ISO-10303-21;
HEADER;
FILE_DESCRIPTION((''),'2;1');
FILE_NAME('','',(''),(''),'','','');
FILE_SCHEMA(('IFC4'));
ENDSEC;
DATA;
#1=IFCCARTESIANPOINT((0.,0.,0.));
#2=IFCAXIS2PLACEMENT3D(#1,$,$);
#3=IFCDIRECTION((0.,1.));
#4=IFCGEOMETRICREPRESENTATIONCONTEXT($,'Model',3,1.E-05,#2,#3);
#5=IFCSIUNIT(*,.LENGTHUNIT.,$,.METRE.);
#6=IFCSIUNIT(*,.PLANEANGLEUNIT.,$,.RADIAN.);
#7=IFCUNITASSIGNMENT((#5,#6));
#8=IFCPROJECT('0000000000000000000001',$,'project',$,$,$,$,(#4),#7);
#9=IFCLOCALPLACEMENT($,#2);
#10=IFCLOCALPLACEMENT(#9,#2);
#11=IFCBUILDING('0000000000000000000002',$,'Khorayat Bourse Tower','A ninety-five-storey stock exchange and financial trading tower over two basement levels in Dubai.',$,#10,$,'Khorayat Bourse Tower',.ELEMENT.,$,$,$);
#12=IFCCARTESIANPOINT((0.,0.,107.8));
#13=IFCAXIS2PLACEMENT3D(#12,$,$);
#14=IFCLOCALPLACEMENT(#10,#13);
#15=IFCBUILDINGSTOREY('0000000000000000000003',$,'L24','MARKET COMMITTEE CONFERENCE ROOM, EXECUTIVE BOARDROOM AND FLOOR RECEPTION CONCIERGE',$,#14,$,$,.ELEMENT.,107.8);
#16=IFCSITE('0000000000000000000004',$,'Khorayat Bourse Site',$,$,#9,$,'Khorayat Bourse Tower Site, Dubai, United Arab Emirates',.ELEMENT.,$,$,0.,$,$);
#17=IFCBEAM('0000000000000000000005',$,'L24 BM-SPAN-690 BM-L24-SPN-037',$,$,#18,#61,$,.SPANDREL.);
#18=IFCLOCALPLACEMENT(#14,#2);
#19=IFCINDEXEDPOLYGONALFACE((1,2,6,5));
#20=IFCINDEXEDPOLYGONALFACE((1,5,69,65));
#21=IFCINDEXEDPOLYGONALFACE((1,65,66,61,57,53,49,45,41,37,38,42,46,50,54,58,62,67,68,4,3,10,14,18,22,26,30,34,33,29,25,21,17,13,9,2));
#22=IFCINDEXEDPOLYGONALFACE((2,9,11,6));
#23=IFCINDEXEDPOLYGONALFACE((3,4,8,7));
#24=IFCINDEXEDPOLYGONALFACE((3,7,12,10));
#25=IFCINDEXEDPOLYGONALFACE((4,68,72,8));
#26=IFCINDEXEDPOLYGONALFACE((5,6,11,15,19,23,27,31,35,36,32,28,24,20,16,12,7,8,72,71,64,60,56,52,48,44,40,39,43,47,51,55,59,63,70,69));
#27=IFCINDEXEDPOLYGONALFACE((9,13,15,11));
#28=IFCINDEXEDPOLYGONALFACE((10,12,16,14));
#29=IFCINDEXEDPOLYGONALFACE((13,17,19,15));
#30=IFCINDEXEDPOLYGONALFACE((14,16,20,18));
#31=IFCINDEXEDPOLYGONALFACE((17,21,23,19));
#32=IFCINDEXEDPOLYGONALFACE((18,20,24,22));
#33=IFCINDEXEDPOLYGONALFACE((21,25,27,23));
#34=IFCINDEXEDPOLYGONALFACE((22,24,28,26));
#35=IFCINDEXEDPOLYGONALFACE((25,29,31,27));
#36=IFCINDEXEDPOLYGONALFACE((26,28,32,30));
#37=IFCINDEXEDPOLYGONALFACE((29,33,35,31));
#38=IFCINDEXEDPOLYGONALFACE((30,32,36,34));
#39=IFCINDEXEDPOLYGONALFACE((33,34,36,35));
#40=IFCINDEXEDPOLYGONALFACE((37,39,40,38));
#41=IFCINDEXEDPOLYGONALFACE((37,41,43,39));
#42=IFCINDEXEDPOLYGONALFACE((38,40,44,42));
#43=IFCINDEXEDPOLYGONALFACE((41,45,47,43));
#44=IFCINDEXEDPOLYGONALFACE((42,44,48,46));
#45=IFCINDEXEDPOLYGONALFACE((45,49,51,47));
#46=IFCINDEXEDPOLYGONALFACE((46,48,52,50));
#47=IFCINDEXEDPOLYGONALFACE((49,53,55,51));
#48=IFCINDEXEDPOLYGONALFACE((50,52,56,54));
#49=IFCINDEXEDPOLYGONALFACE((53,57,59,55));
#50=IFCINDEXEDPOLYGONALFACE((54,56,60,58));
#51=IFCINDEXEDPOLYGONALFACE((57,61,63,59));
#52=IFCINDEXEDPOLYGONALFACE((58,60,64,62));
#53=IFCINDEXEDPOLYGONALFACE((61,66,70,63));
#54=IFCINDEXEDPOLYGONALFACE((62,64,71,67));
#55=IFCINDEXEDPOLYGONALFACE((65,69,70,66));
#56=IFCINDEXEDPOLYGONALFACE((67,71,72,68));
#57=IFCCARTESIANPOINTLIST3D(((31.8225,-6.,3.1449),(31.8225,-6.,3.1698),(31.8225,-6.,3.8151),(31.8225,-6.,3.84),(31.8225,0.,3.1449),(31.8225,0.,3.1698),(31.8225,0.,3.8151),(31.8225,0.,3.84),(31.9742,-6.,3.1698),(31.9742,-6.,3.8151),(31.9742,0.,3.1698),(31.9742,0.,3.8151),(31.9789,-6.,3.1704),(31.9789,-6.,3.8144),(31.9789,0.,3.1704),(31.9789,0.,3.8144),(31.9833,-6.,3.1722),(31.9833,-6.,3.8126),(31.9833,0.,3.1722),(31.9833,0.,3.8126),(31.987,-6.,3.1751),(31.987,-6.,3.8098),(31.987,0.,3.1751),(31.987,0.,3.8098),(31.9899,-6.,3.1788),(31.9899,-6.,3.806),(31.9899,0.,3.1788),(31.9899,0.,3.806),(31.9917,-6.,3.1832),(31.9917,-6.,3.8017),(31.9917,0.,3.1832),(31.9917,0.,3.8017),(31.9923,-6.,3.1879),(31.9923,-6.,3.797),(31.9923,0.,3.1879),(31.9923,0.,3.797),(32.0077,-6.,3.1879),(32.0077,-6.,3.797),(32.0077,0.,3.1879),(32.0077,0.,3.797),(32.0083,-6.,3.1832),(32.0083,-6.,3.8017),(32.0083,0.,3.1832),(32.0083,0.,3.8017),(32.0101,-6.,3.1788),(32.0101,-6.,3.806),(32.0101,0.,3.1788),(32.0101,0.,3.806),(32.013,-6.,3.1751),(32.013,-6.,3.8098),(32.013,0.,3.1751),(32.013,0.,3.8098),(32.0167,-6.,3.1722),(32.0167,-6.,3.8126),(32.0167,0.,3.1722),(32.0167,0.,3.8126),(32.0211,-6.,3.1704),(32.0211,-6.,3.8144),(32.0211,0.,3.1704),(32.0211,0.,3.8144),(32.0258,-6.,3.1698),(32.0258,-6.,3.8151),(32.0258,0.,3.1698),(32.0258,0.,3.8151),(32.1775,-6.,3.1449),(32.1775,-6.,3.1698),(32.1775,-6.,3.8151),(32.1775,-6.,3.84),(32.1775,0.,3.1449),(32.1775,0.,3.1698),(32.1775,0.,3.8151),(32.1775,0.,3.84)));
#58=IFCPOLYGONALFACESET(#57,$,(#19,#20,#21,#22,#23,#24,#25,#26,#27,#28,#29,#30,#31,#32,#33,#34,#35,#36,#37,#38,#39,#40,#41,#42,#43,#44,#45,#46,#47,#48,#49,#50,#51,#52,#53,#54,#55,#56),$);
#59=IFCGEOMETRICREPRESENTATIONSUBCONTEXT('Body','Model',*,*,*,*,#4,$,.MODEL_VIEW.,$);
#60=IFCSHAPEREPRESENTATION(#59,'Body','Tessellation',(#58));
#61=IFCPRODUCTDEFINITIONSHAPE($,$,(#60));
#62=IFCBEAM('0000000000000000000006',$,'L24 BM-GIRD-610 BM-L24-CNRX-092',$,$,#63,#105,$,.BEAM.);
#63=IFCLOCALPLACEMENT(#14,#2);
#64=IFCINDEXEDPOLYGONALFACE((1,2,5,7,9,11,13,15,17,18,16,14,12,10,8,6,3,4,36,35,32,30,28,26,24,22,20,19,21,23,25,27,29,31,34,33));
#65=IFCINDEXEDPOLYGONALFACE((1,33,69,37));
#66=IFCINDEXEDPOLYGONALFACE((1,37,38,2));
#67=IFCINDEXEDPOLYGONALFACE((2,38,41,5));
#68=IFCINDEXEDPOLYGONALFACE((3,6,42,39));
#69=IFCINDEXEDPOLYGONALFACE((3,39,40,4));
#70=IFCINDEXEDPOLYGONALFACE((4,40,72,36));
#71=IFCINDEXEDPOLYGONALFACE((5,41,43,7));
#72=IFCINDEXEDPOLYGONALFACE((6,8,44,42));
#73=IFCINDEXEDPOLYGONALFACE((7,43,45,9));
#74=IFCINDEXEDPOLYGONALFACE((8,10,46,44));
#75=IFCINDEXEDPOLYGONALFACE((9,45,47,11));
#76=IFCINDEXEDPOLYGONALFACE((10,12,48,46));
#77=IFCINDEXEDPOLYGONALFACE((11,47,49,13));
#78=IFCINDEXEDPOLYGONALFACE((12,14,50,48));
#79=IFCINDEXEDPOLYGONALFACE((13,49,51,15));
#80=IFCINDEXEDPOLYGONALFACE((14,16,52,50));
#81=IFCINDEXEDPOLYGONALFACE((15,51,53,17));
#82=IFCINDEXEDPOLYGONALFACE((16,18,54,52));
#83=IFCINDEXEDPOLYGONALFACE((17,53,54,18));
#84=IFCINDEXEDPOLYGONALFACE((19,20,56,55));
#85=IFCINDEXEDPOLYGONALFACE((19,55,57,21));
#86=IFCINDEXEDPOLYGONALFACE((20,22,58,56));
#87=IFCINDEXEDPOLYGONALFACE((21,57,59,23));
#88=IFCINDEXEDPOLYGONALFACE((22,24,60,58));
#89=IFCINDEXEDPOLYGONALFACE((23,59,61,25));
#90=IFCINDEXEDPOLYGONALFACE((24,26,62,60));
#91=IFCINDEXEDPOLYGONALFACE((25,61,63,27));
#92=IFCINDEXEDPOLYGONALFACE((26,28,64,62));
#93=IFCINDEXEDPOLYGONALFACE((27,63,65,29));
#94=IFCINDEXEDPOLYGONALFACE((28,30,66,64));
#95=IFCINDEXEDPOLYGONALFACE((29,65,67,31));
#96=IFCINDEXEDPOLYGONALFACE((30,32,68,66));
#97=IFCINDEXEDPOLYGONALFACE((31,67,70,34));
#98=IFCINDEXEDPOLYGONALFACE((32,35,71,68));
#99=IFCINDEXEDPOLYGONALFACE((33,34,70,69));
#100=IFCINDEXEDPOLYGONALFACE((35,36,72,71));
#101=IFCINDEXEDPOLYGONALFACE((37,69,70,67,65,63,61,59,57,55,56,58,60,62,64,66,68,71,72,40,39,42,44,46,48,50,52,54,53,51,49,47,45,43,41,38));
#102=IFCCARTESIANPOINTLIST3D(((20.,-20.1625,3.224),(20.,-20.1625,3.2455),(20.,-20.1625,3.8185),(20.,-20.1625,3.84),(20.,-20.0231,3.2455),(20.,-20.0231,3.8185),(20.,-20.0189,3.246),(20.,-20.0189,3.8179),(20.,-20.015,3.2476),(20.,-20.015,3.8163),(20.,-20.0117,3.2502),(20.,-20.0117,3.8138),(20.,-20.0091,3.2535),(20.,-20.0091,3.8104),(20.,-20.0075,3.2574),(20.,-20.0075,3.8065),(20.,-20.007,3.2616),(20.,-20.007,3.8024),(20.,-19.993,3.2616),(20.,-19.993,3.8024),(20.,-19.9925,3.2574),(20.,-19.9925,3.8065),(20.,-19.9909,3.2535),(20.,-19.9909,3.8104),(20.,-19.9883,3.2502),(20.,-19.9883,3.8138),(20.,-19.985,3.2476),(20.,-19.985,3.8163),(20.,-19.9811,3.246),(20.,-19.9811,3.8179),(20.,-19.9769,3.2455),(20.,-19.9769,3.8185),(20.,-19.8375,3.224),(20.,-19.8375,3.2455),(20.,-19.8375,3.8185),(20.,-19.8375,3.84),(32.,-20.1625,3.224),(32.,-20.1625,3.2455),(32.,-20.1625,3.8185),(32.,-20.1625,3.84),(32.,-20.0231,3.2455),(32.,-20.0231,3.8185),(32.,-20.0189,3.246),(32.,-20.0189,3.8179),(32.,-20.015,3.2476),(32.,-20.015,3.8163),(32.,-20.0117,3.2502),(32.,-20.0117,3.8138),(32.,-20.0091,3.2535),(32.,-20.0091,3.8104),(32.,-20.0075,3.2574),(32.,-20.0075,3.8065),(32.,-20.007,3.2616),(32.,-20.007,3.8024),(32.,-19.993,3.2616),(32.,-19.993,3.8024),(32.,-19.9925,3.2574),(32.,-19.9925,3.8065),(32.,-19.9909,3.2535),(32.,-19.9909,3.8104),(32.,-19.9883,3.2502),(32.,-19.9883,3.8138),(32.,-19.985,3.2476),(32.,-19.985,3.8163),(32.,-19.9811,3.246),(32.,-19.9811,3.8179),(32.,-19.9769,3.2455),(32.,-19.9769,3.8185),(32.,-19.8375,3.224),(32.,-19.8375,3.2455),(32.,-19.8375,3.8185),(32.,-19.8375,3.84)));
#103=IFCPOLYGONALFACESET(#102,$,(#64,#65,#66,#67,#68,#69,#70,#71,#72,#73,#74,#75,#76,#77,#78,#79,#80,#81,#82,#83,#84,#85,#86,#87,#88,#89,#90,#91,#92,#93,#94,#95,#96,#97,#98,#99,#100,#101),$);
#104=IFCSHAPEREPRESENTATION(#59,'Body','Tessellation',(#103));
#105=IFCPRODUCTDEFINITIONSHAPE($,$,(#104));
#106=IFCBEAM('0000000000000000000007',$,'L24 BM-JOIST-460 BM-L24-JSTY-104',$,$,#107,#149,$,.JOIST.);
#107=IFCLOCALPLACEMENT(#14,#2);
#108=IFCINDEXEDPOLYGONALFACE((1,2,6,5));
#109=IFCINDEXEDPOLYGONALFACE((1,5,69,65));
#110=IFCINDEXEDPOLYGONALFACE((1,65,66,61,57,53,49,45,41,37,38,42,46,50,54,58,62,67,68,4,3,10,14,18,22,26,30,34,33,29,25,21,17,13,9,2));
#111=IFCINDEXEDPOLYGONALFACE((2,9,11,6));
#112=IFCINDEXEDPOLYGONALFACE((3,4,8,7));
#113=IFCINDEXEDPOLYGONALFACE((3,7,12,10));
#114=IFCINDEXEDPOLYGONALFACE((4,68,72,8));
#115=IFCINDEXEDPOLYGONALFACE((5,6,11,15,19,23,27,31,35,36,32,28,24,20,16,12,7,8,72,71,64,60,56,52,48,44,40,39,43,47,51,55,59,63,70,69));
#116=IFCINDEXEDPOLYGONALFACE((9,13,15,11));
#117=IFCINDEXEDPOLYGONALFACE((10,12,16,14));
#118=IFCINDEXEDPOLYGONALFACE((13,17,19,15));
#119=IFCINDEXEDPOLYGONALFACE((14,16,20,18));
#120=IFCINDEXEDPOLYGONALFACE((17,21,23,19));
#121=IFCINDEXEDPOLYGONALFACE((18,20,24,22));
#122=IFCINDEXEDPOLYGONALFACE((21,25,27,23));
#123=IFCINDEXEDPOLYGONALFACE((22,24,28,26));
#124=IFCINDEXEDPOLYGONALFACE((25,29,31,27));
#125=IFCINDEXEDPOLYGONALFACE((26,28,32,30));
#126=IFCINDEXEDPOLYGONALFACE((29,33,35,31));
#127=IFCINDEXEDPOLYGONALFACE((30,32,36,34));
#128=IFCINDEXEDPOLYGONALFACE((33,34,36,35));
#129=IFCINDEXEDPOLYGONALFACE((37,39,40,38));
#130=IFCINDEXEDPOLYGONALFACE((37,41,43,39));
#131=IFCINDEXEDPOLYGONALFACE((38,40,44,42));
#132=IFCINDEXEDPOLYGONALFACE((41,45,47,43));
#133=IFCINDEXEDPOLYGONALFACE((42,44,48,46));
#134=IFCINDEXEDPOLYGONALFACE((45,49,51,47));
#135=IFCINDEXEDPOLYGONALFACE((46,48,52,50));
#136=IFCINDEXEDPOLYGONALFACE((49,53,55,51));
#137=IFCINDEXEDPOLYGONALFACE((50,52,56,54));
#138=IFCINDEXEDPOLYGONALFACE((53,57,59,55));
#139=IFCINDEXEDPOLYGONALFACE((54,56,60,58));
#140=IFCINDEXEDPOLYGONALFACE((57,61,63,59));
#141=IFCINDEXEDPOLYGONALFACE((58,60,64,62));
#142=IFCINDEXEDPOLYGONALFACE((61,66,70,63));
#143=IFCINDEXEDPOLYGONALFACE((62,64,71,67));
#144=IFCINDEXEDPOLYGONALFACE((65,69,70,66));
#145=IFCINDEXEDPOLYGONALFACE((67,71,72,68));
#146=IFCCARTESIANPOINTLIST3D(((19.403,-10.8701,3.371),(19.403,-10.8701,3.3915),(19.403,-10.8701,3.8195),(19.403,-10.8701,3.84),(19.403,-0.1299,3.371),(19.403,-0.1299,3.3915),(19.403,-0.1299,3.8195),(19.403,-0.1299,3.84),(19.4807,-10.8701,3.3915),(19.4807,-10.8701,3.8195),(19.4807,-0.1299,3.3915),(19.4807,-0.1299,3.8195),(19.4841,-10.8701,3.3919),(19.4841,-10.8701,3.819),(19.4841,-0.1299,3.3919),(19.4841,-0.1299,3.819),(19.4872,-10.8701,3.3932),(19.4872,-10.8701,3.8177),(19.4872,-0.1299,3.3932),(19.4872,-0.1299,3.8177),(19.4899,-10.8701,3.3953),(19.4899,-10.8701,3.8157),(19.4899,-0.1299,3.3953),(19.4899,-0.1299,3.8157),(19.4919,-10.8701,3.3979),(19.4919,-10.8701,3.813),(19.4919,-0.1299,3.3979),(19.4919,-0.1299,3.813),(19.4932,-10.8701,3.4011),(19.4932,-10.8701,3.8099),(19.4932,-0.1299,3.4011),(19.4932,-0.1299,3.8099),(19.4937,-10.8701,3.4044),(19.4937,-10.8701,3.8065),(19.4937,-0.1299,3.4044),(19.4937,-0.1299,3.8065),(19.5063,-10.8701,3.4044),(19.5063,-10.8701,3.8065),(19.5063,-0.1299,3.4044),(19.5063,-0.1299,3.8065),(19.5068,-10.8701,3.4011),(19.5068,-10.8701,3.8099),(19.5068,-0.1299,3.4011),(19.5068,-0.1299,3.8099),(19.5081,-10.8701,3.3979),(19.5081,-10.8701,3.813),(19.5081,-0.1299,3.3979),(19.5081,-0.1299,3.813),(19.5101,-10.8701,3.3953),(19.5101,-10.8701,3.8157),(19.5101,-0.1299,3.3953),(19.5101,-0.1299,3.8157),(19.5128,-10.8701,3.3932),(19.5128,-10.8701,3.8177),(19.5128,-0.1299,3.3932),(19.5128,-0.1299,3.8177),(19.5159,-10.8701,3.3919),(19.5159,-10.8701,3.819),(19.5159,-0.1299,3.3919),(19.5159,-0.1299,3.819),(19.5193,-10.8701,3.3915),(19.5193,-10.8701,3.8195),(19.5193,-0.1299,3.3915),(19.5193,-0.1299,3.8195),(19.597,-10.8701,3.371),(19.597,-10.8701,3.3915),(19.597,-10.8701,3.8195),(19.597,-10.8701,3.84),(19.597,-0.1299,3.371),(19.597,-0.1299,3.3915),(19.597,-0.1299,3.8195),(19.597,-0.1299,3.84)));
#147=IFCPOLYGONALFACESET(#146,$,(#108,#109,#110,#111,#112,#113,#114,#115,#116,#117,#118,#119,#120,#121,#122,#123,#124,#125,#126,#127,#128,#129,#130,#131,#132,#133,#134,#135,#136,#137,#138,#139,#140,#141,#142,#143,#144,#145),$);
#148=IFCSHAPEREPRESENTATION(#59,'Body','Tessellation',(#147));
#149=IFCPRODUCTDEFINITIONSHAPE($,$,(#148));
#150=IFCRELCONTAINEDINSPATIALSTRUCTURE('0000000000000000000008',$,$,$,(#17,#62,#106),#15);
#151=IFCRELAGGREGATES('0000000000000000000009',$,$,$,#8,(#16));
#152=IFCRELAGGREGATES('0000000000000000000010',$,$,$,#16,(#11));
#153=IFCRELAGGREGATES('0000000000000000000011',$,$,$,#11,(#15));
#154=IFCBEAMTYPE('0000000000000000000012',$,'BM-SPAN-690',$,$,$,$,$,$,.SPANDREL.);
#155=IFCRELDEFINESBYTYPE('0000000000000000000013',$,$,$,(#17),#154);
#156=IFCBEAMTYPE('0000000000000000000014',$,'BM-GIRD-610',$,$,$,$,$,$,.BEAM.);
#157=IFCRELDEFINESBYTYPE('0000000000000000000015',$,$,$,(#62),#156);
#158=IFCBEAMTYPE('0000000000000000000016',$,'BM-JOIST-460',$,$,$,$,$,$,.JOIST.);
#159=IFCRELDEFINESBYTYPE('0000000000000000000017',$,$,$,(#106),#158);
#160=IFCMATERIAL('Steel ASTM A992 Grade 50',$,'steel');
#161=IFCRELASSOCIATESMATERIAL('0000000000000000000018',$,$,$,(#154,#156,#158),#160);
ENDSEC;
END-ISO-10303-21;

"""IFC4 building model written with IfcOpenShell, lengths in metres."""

from ifc_helpers import new_model, si_unit, direction, frame, origin, origin_2d, place, context, subcontext, project, spatial, i_section, extrude, source, transform, mapped, material, material_profile, profile_set, type_object, element, save


model = new_model("IFC4")

# Units and contexts
model_context = context("Model", 3, precision=1e-05, world=origin(), true_north=direction((0.0, 1.0)))
body_context = subcontext(model_context, "Body", "Model", "MODEL_VIEW")
ifc_project = project(units=[si_unit("LENGTHUNIT", "METRE"), si_unit("PLANEANGLEUNIT", "RADIAN")], contexts=[model_context])

# Site, building, storey
site_placement = place(None, origin())
site = spatial("IfcSite", under=ifc_project, at=site_placement, Name="Khorayat Bourse Site", LongName="Khorayat Bourse Tower Site, Dubai, United Arab Emirates", CompositionType="ELEMENT", RefElevation=0.0)
building_placement = place(site_placement, origin())
building = spatial("IfcBuilding", under=site, at=building_placement, Name="Khorayat Bourse Tower", Description="A ninety-five-storey stock exchange and financial trading tower over two basement levels in Dubai.", LongName="Khorayat Bourse Tower", CompositionType="ELEMENT")
storey_placement = place(building_placement, frame((0.0, 0.0, 107.8)))
storey = spatial("IfcBuildingStorey", under=building, at=storey_placement, Name="L24", Description="MARKET COMMITTEE CONFERENCE ROOM, EXECUTIVE BOARDROOM AND FLOOR RECEPTION CONCIERGE", CompositionType="ELEMENT", Elevation=107.8)

# Beams
ifc_material_1 = material(Name="Steel ASTM A992 Grade 50", Category="steel")
ifc_material_profile_1 = material_profile(ifc_material_1, i_section(OverallWidth=0.355, OverallDepth=0.6951, WebThickness=0.0154, FlangeThickness=0.0249, FilletRadius=0.0181, at=origin_2d()), Name="W690X217")
ifc_profile_set_1 = profile_set([ifc_material_profile_1], Name="Steel ASTM A992 Grade 50")
beam_type_1 = type_object("IfcBeamType", Name="BM-SPAN-690", PredefinedType="SPANDREL", material=ifc_profile_set_1)
shared_shape_1 = source(origin(), body_context, "Body", "SweptSolid", [
    extrude(i_section(OverallWidth=0.355, OverallDepth=0.6951, WebThickness=0.0154, FlangeThickness=0.0249, FilletRadius=0.0181, at=origin_2d()), origin(), (0.0, 0.0, 1.0), 6.0),
])
beam_1_placement = place(storey_placement, frame((32.0, -6.0, 3.4924), z_axis=(0.0, 1.0, 0.0), x_axis=(-1.0, 0.0, 0.0)))
element("IfcBeam", 1, at=beam_1_placement, inside=storey, type_object=beam_type_1, Name="L24 BM-SPAN-690 BM-L24-SPN-037", PredefinedType="SPANDREL", context=body_context, shape_type="MappedRepresentation", body=[
    mapped(shared_shape_1, transform((0.0, 0.0, 0.0), scale=1.0)),
])
ifc_material_profile_2 = material_profile(ifc_material_1, i_section(OverallWidth=0.325, OverallDepth=0.616, WebThickness=0.0139, FlangeThickness=0.0215, FilletRadius=0.0161, at=origin_2d()), Name="W610X174")
ifc_profile_set_2 = profile_set([ifc_material_profile_2], Name="Steel ASTM A992 Grade 50")
beam_type_2 = type_object("IfcBeamType", Name="BM-GIRD-610", PredefinedType="BEAM", material=ifc_profile_set_2)
shared_shape_2 = source(origin(), body_context, "Body", "SweptSolid", [
    extrude(i_section(OverallWidth=0.325, OverallDepth=0.616, WebThickness=0.0139, FlangeThickness=0.0215, FilletRadius=0.0161, at=origin_2d()), origin(), (0.0, 0.0, 1.0), 12.0),
])
beam_2_placement = place(storey_placement, frame((20.0, -20.0, 3.532), z_axis=(1.0, 0.0, 0.0), x_axis=(0.0, 1.0, 0.0)))
element("IfcBeam", 2, at=beam_2_placement, inside=storey, type_object=beam_type_2, Name="L24 BM-GIRD-610 BM-L24-CNRX-092", PredefinedType="BEAM", context=body_context, shape_type="MappedRepresentation", body=[
    mapped(shared_shape_2, transform((0.0, 0.0, 0.0), scale=1.0)),
])
ifc_material_profile_3 = material_profile(ifc_material_1, i_section(OverallWidth=0.1941, OverallDepth=0.469, WebThickness=0.0127, FlangeThickness=0.0205, FilletRadius=0.0129, at=origin_2d()), Name="W460X106")
ifc_profile_set_3 = profile_set([ifc_material_profile_3], Name="Steel ASTM A992 Grade 50")
beam_type_3 = type_object("IfcBeamType", Name="BM-JOIST-460", PredefinedType="JOIST", material=ifc_profile_set_3)
shared_shape_3 = source(origin(), body_context, "Body", "SweptSolid", [
    extrude(i_section(OverallWidth=0.1941, OverallDepth=0.469, WebThickness=0.0127, FlangeThickness=0.0205, FilletRadius=0.0129, at=origin_2d()), origin(), (0.0, 0.0, 1.0), 10.7402),
])
beam_3_placement = place(storey_placement, frame((19.5, -10.8701, 3.6055), z_axis=(0.0, 1.0, 0.0), x_axis=(-1.0, 0.0, 0.0)))
element("IfcBeam", 3, at=beam_3_placement, inside=storey, type_object=beam_type_3, Name="L24 BM-JOIST-460 BM-L24-JSTY-104", PredefinedType="JOIST", context=body_context, shape_type="MappedRepresentation", body=[
    mapped(shared_shape_3, transform((0.0, 0.0, 0.0), scale=1.0)),
])

save(model, "model.ifc")
